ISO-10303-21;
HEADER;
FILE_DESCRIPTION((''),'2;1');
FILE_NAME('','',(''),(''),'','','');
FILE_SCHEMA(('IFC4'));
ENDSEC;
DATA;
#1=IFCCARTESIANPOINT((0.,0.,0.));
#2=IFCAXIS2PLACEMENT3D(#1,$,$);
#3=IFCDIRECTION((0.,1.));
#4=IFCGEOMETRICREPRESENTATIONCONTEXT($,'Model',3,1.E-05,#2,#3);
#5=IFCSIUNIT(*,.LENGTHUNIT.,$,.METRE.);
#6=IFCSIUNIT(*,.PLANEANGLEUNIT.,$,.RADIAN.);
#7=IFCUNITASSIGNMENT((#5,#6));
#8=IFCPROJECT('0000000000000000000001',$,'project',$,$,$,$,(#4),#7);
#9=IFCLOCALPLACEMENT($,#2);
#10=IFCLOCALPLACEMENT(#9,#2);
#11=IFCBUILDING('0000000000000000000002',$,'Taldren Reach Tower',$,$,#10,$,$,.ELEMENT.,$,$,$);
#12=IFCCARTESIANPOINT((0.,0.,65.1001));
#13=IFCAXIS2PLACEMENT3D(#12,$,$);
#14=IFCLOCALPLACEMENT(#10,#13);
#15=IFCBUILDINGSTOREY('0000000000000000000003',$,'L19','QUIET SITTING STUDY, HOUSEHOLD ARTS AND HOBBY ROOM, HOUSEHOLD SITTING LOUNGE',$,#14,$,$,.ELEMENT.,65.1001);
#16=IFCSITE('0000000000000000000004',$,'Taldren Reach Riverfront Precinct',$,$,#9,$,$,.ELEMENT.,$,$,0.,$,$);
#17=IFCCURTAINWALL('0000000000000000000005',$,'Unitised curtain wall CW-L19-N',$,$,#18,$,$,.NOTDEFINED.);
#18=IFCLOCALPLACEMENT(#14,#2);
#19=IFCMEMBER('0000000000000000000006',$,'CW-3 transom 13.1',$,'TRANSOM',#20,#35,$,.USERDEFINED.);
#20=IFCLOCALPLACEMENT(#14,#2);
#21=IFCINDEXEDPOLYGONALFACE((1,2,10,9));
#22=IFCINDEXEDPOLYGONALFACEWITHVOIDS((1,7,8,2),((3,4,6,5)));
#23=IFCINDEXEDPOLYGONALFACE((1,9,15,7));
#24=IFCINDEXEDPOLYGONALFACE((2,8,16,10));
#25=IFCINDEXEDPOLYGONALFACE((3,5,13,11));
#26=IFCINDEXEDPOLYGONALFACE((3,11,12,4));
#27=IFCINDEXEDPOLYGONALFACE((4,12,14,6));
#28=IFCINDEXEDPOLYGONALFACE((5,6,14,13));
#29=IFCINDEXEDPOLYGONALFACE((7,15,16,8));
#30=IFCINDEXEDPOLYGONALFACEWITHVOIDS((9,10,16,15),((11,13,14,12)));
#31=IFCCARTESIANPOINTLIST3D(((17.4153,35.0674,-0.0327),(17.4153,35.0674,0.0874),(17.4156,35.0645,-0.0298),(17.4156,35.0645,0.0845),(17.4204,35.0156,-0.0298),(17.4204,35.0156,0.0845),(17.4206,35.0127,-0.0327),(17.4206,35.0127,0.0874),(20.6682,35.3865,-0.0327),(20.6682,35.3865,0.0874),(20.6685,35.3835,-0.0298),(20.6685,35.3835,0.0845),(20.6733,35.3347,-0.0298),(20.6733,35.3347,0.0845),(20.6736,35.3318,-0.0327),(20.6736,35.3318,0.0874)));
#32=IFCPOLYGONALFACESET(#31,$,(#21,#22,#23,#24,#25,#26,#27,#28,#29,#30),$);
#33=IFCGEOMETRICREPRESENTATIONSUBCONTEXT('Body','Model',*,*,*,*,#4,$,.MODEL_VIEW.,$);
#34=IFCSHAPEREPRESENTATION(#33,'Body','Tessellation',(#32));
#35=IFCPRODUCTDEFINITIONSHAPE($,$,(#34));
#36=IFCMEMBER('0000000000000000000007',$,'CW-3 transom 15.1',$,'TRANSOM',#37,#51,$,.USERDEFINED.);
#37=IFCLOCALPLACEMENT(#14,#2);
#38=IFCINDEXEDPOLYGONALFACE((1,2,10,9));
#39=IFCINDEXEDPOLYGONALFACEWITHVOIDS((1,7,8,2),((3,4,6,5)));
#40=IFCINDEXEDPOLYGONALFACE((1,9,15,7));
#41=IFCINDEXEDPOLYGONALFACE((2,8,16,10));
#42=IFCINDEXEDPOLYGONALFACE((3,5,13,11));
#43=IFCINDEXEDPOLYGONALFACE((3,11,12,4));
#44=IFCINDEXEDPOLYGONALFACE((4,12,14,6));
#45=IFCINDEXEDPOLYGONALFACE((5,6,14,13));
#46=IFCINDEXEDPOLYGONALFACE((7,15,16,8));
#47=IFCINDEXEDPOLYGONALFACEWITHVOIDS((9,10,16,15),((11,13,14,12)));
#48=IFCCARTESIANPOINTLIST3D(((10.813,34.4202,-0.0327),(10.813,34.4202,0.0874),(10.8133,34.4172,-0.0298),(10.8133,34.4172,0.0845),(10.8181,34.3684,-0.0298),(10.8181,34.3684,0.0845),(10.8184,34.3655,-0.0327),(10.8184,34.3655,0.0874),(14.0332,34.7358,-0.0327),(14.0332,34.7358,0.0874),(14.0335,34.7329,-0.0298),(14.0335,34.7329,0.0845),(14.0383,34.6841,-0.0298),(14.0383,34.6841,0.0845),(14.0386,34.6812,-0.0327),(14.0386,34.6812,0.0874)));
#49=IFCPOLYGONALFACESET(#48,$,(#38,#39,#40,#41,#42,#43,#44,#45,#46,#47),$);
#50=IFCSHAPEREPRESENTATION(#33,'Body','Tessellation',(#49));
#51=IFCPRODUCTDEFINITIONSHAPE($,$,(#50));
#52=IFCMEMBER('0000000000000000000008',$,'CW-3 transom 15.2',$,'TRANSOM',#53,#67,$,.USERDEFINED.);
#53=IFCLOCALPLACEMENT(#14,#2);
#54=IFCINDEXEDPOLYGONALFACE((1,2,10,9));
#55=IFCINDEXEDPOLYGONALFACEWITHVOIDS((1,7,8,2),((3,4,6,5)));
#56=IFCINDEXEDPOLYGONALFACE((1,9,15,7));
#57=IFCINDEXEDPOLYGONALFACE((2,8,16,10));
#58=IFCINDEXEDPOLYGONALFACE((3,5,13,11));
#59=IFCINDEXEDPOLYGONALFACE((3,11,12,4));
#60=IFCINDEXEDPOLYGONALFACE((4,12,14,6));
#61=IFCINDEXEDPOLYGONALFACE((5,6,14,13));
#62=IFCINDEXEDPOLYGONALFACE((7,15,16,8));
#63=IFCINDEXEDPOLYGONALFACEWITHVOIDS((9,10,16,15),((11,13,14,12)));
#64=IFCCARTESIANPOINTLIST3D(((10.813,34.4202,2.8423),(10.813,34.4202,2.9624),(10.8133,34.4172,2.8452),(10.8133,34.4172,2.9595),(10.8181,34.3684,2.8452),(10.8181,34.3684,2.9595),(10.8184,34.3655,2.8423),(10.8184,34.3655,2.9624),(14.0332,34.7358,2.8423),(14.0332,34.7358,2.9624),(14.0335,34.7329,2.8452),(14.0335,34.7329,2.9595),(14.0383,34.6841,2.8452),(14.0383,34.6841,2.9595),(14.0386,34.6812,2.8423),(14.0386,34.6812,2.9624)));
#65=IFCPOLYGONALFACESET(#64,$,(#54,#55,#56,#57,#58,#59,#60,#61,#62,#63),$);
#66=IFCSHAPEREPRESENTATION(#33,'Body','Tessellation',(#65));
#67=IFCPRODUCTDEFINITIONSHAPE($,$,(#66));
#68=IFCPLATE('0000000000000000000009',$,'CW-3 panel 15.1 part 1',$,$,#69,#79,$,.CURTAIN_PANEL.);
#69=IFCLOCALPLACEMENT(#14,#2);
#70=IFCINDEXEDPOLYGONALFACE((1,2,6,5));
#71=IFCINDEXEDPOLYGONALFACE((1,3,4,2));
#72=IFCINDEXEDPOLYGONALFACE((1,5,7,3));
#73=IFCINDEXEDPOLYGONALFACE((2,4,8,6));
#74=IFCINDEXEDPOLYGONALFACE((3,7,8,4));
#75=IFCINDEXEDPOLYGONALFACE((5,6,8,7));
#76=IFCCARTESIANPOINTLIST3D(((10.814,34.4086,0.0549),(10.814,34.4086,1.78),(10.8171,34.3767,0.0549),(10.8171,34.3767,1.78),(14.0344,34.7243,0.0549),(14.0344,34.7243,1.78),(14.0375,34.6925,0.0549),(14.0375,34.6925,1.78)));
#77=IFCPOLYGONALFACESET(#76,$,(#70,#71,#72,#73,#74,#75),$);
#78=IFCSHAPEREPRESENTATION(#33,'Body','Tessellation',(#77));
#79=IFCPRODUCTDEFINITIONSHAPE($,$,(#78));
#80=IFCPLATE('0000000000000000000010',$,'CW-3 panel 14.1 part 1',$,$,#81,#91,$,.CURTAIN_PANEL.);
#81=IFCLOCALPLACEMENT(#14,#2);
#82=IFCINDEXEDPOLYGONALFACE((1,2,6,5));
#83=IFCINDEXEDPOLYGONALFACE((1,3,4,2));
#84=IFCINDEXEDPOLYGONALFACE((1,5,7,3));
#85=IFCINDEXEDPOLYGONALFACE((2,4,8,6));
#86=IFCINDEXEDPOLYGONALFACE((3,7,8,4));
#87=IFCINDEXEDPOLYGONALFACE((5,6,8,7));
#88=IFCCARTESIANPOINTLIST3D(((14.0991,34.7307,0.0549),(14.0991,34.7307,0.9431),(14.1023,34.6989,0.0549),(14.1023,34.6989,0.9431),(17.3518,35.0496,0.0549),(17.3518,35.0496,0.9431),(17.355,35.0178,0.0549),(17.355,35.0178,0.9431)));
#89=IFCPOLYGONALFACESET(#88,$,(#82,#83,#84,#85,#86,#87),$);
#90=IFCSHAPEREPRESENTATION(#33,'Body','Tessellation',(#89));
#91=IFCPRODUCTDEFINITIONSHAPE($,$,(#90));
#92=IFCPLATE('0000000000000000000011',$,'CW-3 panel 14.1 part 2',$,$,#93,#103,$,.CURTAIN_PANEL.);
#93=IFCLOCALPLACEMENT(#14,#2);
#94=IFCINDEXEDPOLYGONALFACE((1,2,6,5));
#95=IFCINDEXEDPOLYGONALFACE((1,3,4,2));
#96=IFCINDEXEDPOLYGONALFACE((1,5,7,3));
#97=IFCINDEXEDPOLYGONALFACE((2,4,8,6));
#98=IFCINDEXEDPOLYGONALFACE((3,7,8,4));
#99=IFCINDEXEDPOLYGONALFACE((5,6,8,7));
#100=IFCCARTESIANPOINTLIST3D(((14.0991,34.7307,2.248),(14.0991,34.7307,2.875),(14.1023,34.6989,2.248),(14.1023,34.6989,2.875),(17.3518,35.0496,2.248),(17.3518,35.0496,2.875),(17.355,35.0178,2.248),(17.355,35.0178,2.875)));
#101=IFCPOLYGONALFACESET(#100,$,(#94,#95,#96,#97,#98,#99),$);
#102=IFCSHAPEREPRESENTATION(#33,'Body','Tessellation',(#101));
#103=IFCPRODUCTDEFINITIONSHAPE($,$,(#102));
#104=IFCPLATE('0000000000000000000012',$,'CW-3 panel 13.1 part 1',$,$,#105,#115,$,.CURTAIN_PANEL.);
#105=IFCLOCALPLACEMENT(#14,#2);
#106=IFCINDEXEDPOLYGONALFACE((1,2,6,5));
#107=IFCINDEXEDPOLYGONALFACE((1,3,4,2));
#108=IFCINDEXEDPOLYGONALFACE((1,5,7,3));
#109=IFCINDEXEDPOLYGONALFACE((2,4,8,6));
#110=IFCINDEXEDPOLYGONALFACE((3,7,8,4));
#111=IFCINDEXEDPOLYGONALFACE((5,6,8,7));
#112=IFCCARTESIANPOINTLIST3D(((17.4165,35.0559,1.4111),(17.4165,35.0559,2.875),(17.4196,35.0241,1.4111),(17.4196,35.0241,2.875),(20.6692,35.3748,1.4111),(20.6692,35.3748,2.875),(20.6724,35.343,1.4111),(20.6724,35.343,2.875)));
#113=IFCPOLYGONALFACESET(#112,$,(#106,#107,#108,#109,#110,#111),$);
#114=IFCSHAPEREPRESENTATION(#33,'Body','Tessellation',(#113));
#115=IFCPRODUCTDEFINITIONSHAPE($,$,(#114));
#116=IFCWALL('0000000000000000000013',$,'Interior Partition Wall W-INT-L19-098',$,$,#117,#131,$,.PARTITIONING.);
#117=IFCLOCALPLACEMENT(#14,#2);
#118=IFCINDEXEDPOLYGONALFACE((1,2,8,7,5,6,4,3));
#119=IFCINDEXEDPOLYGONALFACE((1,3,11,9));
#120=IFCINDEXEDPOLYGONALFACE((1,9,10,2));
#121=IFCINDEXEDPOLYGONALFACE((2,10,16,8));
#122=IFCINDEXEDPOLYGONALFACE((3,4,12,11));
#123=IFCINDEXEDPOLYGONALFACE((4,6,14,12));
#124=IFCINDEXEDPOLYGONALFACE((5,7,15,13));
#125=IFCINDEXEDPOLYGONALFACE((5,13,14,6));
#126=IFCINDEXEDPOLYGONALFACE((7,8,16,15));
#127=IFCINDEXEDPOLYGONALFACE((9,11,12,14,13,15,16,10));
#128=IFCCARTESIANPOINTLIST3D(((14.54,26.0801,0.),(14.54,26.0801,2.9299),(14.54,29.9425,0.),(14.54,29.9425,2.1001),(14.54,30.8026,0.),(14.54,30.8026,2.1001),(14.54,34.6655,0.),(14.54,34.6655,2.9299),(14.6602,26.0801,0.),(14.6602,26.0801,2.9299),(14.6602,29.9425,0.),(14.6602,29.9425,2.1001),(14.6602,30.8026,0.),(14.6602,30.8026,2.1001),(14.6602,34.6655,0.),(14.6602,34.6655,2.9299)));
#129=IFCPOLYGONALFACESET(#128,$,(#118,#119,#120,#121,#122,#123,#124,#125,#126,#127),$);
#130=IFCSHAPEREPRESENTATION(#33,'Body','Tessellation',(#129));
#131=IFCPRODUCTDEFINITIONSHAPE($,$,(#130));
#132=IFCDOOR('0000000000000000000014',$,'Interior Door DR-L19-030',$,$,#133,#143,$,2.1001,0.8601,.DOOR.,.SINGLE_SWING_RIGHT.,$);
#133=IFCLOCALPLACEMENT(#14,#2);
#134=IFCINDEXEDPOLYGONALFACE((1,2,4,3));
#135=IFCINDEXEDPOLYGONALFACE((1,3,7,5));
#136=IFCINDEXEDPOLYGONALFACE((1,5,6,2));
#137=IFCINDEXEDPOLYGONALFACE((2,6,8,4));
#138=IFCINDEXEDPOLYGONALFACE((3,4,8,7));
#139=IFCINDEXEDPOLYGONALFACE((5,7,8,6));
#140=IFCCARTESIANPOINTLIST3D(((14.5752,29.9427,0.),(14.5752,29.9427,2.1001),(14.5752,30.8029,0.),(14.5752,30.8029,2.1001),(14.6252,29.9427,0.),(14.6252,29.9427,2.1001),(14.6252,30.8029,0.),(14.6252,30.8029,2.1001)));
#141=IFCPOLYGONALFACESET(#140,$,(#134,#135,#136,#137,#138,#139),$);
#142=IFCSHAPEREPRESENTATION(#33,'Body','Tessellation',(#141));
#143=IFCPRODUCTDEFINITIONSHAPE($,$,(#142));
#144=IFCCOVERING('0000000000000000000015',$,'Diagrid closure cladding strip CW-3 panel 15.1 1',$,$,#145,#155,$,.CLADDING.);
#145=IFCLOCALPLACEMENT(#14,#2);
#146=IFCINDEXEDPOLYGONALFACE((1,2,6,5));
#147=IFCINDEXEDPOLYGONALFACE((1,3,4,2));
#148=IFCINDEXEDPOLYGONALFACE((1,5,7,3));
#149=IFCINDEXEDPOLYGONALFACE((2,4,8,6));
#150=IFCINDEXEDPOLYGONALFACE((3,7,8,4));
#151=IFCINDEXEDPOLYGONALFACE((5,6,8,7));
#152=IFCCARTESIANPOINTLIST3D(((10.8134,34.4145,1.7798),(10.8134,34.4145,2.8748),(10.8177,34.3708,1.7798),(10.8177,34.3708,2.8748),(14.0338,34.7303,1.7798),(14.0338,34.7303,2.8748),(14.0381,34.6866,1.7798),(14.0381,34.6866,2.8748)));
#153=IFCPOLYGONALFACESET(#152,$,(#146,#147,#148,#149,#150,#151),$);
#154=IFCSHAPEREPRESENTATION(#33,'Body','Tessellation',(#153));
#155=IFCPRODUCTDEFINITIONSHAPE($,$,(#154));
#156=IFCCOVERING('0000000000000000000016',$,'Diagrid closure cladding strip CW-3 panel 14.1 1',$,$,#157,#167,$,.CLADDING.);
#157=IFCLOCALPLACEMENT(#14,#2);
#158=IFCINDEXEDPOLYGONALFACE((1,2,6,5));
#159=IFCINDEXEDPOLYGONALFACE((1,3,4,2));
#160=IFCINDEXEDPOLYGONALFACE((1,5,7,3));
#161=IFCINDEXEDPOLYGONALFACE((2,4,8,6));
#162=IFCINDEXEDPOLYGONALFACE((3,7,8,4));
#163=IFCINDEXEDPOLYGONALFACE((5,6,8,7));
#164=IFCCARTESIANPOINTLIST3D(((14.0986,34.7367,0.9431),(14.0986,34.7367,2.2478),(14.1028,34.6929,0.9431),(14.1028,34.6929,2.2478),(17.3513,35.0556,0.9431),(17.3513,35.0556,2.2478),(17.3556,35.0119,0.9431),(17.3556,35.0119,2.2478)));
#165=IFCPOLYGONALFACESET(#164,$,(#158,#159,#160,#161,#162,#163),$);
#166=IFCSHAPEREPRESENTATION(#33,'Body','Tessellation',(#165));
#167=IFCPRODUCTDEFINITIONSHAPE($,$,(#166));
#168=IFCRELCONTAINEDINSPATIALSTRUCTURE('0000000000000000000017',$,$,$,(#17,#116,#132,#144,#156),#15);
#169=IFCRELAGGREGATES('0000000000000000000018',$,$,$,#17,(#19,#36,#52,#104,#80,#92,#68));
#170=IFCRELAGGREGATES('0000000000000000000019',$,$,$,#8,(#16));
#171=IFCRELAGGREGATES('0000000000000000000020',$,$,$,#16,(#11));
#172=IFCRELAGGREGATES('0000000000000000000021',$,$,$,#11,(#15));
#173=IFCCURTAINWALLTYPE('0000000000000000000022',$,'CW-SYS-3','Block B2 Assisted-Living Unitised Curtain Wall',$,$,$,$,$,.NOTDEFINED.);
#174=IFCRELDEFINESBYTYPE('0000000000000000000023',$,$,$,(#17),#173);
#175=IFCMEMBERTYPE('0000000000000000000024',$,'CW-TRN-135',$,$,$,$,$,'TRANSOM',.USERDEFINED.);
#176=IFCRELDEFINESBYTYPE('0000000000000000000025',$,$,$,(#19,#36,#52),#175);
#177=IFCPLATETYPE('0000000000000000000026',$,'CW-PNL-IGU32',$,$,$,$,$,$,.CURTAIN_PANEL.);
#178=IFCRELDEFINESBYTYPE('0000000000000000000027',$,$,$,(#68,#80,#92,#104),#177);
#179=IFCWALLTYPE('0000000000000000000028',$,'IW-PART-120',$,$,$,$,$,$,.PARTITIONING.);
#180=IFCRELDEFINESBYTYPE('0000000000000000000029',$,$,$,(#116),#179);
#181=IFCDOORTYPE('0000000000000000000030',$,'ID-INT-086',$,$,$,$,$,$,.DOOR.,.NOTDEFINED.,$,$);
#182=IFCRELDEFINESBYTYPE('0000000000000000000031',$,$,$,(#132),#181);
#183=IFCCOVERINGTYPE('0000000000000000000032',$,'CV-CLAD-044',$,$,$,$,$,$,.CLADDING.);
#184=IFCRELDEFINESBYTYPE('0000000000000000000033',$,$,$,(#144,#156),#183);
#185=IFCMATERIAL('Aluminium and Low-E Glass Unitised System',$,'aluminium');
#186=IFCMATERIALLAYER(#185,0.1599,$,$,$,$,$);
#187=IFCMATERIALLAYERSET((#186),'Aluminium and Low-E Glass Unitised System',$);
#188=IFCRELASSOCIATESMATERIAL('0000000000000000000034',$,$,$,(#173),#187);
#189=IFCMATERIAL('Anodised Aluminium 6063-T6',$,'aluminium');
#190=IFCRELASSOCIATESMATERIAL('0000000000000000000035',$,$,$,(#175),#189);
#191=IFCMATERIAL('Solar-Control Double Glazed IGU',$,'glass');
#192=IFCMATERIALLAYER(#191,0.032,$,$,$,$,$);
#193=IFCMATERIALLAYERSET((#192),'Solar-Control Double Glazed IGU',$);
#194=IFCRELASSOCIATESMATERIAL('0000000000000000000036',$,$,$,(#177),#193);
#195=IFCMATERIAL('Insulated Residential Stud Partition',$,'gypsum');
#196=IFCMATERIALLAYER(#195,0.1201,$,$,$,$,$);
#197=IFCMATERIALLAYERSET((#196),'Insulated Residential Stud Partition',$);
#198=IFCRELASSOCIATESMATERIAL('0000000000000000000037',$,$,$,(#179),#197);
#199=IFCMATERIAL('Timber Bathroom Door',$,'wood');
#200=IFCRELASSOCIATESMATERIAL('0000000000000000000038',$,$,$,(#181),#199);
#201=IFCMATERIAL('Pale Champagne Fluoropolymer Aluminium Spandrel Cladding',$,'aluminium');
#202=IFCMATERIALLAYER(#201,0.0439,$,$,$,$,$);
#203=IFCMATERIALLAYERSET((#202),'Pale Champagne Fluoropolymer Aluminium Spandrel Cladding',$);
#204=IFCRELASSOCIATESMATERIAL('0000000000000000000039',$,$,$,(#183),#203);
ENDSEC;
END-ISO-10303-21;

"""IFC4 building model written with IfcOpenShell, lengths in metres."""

from ifc_helpers import new_model, si_unit, direction, frame, frame_2d, origin, origin_2d, place, context, subcontext, project, spatial, rectangle, hollow_rectangle, extrude, source, transform, mapped, material, layer, layer_set, material_profile, profile_set, type_object, element, fill, aggregate, save


model = new_model("IFC4")

# Units and contexts
model_context = context("Model", 3, precision=1e-05, world=origin(), true_north=direction((0.0, 1.0)))
body_context = subcontext(model_context, "Body", "Model", "MODEL_VIEW")
ifc_project = project(units=[si_unit("LENGTHUNIT", "METRE"), si_unit("PLANEANGLEUNIT", "RADIAN")], contexts=[model_context])

# Site, building, storey
site_placement = place(None, origin())
site = spatial("IfcSite", under=ifc_project, at=site_placement, Name="Taldren Reach Riverfront Precinct", CompositionType="ELEMENT", RefElevation=0.0)
building_placement = place(site_placement, origin())
building = spatial("IfcBuilding", under=site, at=building_placement, Name="Taldren Reach Tower", CompositionType="ELEMENT")
storey_placement = place(building_placement, frame((0.0, 0.0, 65.1001)))
storey = spatial("IfcBuildingStorey", under=building, at=storey_placement, Name="L19", Description="QUIET SITTING STUDY, HOUSEHOLD ARTS AND HOBBY ROOM, HOUSEHOLD SITTING LOUNGE", CompositionType="ELEMENT", Elevation=65.1001)

# Curtain wall, members, plates
ifc_material_1 = material(Name="Aluminium and Low-E Glass Unitised System", Category="aluminium")
ifc_layer_1 = layer(ifc_material_1, 0.1599)
ifc_layer_set_1 = layer_set([ifc_layer_1], Name="Aluminium and Low-E Glass Unitised System")
curtain_wall_type = type_object("IfcCurtainWallType", Name="CW-SYS-3", Description="Block B2 Assisted-Living Unitised Curtain Wall", PredefinedType="NOTDEFINED", material=ifc_layer_set_1)
curtain_wall_placement = place(storey_placement, origin())
curtain_wall = element("IfcCurtainWall", 1, at=curtain_wall_placement, inside=storey, type_object=curtain_wall_type, Name="Unitised curtain wall CW-L19-N", PredefinedType="NOTDEFINED")
ifc_material_2 = material(Name="Anodised Aluminium 6063-T6", Category="aluminium")
ifc_material_profile_1 = material_profile(ifc_material_2, hollow_rectangle(XDim=0.0549, YDim=0.1201, WallThickness=0.0029, at=origin_2d()), Name="ALU-120x55x3RHS")
ifc_profile_set_1 = profile_set([ifc_material_profile_1], Name="Anodised Aluminium 6063-T6")
member_type_1 = type_object("IfcMemberType", Name="CW-TRN-135", ElementType="TRANSOM", PredefinedType="USERDEFINED", material=ifc_profile_set_1)
shared_shape_1 = source(origin(), body_context, "Body", "SweptSolid", [
    extrude(hollow_rectangle(XDim=0.0549, YDim=0.1201, WallThickness=0.0029, at=origin_2d()), origin(), (0.0, 0.0, 1.0), 3.2686),
])
member_1_placement = place(storey_placement, frame((20.6709, 35.3591, 0.0273), z_axis=(-0.995223, -0.097625, 0.0), x_axis=(0.097625, -0.995223, 0.0)))
member_1 = element("IfcMember", 2, at=member_1_placement, type_object=member_type_1, Name="CW-3 transom 13.1", ObjectType="TRANSOM", PredefinedType="USERDEFINED", context=body_context, shape_type="MappedRepresentation", body=[
    mapped(shared_shape_1, transform((0.0, 0.0, 0.0), scale=1.0)),
])
shared_shape_2 = source(origin(), body_context, "Body", "SweptSolid", [
    extrude(hollow_rectangle(XDim=0.0549, YDim=0.1201, WallThickness=0.0029, at=origin_2d()), origin(), (0.0, 0.0, 1.0), 3.2356),
])
member_2_placement = place(storey_placement, frame((14.0359, 34.7085, 0.0273), z_axis=(-0.99523, -0.097561, 0.0), x_axis=(0.097561, -0.99523, 0.0)))
member_2 = element("IfcMember", 3, at=member_2_placement, type_object=member_type_1, Name="CW-3 transom 15.1", ObjectType="TRANSOM", PredefinedType="USERDEFINED", context=body_context, shape_type="MappedRepresentation", body=[
    mapped(shared_shape_2, transform((0.0, 0.0, 0.0), scale=1.0)),
])
member_3_placement = place(storey_placement, frame((14.0359, 34.7085, 2.9023), z_axis=(-0.99523, -0.097561, 0.0), x_axis=(0.097561, -0.99523, 0.0)))
member_3 = element("IfcMember", 4, at=member_3_placement, type_object=member_type_1, Name="CW-3 transom 15.2", ObjectType="TRANSOM", PredefinedType="USERDEFINED", context=body_context, shape_type="MappedRepresentation", body=[
    mapped(shared_shape_2, transform((0.0, 0.0, 0.0), scale=1.0)),
])
ifc_material_3 = material(Name="Solar-Control Double Glazed IGU", Category="glass")
ifc_layer_2 = layer(ifc_material_3, 0.032)
ifc_layer_set_2 = layer_set([ifc_layer_2], Name="Solar-Control Double Glazed IGU")
plate_type = type_object("IfcPlateType", Name="CW-PNL-IGU32", PredefinedType="CURTAIN_PANEL", material=ifc_layer_set_2)
shared_shape_3 = source(origin(), body_context, "Body", "SweptSolid", [
    extrude(rectangle(XDim=3.2358, YDim=0.032, at=origin_2d()), origin(), (0.0, 0.0, 1.0), 1.7251),
])
plate_1_placement = place(storey_placement, frame((12.4258, 34.5505, 0.0549), z_axis=(0.0, 0.0, 1.0), x_axis=(-0.995227, -0.097583, 0.0)))
plate_1 = element("IfcPlate", 5, at=plate_1_placement, type_object=plate_type, Name="CW-3 panel 15.1 part 1", PredefinedType="CURTAIN_PANEL", context=body_context, shape_type="MappedRepresentation", body=[
    mapped(shared_shape_3, transform((0.0, 0.0, 0.0), scale=1.0)),
])
shared_shape_4 = source(origin(), body_context, "Body", "SweptSolid", [
    extrude(rectangle(XDim=3.2683, YDim=0.032, at=origin_2d()), origin(), (0.0, 0.0, 1.0), 0.8882),
])
plate_2_placement = place(storey_placement, frame((15.7271, 34.8743, 0.0549), z_axis=(0.0, 0.0, 1.0), x_axis=(-0.995227, -0.097583, 0.0)))
plate_2 = element("IfcPlate", 6, at=plate_2_placement, type_object=plate_type, Name="CW-3 panel 14.1 part 1", PredefinedType="CURTAIN_PANEL", context=body_context, shape_type="MappedRepresentation", body=[
    mapped(shared_shape_4, transform((0.0, 0.0, 0.0), scale=1.0)),
])
shared_shape_5 = source(origin(), body_context, "Body", "SweptSolid", [
    extrude(rectangle(XDim=3.2683, YDim=0.032, at=origin_2d()), origin(), (0.0, 0.0, 1.0), 0.627),
])
plate_3_placement = place(storey_placement, frame((15.7271, 34.8743, 2.248), z_axis=(0.0, 0.0, 1.0), x_axis=(-0.995227, -0.097583, 0.0)))
plate_3 = element("IfcPlate", 7, at=plate_3_placement, type_object=plate_type, Name="CW-3 panel 14.1 part 2", PredefinedType="CURTAIN_PANEL", context=body_context, shape_type="MappedRepresentation", body=[
    mapped(shared_shape_5, transform((0.0, 0.0, 0.0), scale=1.0)),
])
shared_shape_6 = source(origin(), body_context, "Body", "SweptSolid", [
    extrude(rectangle(XDim=3.2683, YDim=0.032, at=origin_2d()), origin(), (0.0, 0.0, 1.0), 1.4639),
])
plate_4_placement = place(storey_placement, frame((19.0444, 35.1995, 1.4111), z_axis=(0.0, 0.0, 1.0), x_axis=(-0.995227, -0.097583, 0.0)))
plate_4 = element("IfcPlate", 8, at=plate_4_placement, type_object=plate_type, Name="CW-3 panel 13.1 part 1", PredefinedType="CURTAIN_PANEL", context=body_context, shape_type="MappedRepresentation", body=[
    mapped(shared_shape_6, transform((0.0, 0.0, 0.0), scale=1.0)),
])
aggregate(curtain_wall, [member_1, member_2, member_3, plate_4, plate_2, plate_3, plate_1])

# Wall, opening, door
ifc_material_4 = material(Name="Insulated Residential Stud Partition", Category="gypsum")
ifc_layer_3 = layer(ifc_material_4, 0.1201)
ifc_layer_set_3 = layer_set([ifc_layer_3], Name="Insulated Residential Stud Partition")
wall_type = type_object("IfcWallType", Name="IW-PART-120", PredefinedType="PARTITIONING", material=ifc_layer_set_3)
shared_shape_7 = source(origin(), body_context, "Body", "SweptSolid", [
    extrude(rectangle(XDim=8.5854, YDim=0.1201, at=frame_2d((4.2927, 0.0))), origin(), (0.0, 0.0, 1.0), 2.9299),
])
wall_placement = place(storey_placement, frame((14.6001, 34.6655, 0.0), z_axis=(0.0, 0.0, 1.0), x_axis=(0.0, -1.0, 0.0)))
wall = element("IfcWall", 9, at=wall_placement, inside=storey, type_object=wall_type, Name="Interior Partition Wall W-INT-L19-098", PredefinedType="PARTITIONING", context=body_context, shape_type="MappedRepresentation", body=[
    mapped(shared_shape_7, transform((0.0, 0.0, 0.0), scale=1.0)),
])
shared_shape_8 = source(origin(), body_context, "Body", "SweptSolid", [
    extrude(rectangle(XDim=0.8601, YDim=2.1001, at=frame_2d((0.4302, 1.05))), frame((0.0, 0.0701, 0.0), z_axis=(0.0, -1.0, 0.0), x_axis=(1.0, 0.0, 0.0)), (0.0, 0.0, 1.0), 0.1401),
])
opening_placement = place(wall_placement, frame((3.8628, 0.0, 0.0)))
opening = element("IfcOpeningElement", 10, at=opening_placement, cuts=wall, PredefinedType="OPENING", context=body_context, shape_type="MappedRepresentation", body=[
    mapped(shared_shape_8, transform((0.0, 0.0, 0.0), scale=1.0)),
])
ifc_material_5 = material(Name="Timber Bathroom Door", Category="wood")
door_type = type_object("IfcDoorType", Name="ID-INT-086", OperationType="NOTDEFINED", PredefinedType="DOOR", material=ifc_material_5)
shared_shape_9 = source(origin(), body_context, "Body", "SweptSolid", [
    extrude(rectangle(XDim=0.8601, YDim=2.1001, at=frame_2d((0.4302, 1.05))), frame((0.0, 0.0249, 0.0), z_axis=(0.0, -1.0, 0.0), x_axis=(1.0, 0.0, 0.0)), (0.0, 0.0, 1.0), 0.05),
])
door_placement = place(opening_placement, frame((0.8601, 0.0, 0.0), z_axis=(0.0, 0.0, 1.0), x_axis=(-1.0, 0.0, 0.0)))
door = element("IfcDoor", 11, at=door_placement, inside=storey, type_object=door_type, Name="Interior Door DR-L19-030", OperationType="SINGLE_SWING_RIGHT", OverallHeight=2.1001, OverallWidth=0.8601, PredefinedType="DOOR", context=body_context, shape_type="MappedRepresentation", body=[
    mapped(shared_shape_9, transform((0.0, 0.0, 0.0), scale=1.0)),
])
fill(opening, door)

# Coverings
ifc_material_6 = material(Name="Pale Champagne Fluoropolymer Aluminium Spandrel Cladding", Category="aluminium")
ifc_layer_4 = layer(ifc_material_6, 0.0439)
ifc_layer_set_4 = layer_set([ifc_layer_4], Name="Pale Champagne Fluoropolymer Aluminium Spandrel Cladding")
covering_type = type_object("IfcCoveringType", Name="CV-CLAD-044", PredefinedType="CLADDING", material=ifc_layer_set_4)
shared_shape_10 = source(origin(), body_context, "Body", "SweptSolid", [
    extrude(rectangle(XDim=3.2358, YDim=0.0439, at=origin_2d()), origin(), (0.0, 0.0, 1.0), 1.095),
])
covering_1_placement = place(storey_placement, frame((12.4258, 34.5505, 1.7798), z_axis=(0.0, 0.0, 1.0), x_axis=(-0.995227, -0.097583, 0.0)))
element("IfcCovering", 12, at=covering_1_placement, inside=storey, type_object=covering_type, Name="Diagrid closure cladding strip CW-3 panel 15.1 1", PredefinedType="CLADDING", context=body_context, shape_type="MappedRepresentation", body=[
    mapped(shared_shape_10, transform((0.0, 0.0, 0.0), scale=1.0)),
])
shared_shape_11 = source(origin(), body_context, "Body", "SweptSolid", [
    extrude(rectangle(XDim=3.2683, YDim=0.0439, at=origin_2d()), origin(), (0.0, 0.0, 1.0), 1.3047),
])
covering_2_placement = place(storey_placement, frame((15.7271, 34.8743, 0.9431), z_axis=(0.0, 0.0, 1.0), x_axis=(-0.995227, -0.097583, 0.0)))
element("IfcCovering", 13, at=covering_2_placement, inside=storey, type_object=covering_type, Name="Diagrid closure cladding strip CW-3 panel 14.1 1", PredefinedType="CLADDING", context=body_context, shape_type="MappedRepresentation", body=[
    mapped(shared_shape_11, transform((0.0, 0.0, 0.0), scale=1.0)),
])

save(model, "model.ifc")
